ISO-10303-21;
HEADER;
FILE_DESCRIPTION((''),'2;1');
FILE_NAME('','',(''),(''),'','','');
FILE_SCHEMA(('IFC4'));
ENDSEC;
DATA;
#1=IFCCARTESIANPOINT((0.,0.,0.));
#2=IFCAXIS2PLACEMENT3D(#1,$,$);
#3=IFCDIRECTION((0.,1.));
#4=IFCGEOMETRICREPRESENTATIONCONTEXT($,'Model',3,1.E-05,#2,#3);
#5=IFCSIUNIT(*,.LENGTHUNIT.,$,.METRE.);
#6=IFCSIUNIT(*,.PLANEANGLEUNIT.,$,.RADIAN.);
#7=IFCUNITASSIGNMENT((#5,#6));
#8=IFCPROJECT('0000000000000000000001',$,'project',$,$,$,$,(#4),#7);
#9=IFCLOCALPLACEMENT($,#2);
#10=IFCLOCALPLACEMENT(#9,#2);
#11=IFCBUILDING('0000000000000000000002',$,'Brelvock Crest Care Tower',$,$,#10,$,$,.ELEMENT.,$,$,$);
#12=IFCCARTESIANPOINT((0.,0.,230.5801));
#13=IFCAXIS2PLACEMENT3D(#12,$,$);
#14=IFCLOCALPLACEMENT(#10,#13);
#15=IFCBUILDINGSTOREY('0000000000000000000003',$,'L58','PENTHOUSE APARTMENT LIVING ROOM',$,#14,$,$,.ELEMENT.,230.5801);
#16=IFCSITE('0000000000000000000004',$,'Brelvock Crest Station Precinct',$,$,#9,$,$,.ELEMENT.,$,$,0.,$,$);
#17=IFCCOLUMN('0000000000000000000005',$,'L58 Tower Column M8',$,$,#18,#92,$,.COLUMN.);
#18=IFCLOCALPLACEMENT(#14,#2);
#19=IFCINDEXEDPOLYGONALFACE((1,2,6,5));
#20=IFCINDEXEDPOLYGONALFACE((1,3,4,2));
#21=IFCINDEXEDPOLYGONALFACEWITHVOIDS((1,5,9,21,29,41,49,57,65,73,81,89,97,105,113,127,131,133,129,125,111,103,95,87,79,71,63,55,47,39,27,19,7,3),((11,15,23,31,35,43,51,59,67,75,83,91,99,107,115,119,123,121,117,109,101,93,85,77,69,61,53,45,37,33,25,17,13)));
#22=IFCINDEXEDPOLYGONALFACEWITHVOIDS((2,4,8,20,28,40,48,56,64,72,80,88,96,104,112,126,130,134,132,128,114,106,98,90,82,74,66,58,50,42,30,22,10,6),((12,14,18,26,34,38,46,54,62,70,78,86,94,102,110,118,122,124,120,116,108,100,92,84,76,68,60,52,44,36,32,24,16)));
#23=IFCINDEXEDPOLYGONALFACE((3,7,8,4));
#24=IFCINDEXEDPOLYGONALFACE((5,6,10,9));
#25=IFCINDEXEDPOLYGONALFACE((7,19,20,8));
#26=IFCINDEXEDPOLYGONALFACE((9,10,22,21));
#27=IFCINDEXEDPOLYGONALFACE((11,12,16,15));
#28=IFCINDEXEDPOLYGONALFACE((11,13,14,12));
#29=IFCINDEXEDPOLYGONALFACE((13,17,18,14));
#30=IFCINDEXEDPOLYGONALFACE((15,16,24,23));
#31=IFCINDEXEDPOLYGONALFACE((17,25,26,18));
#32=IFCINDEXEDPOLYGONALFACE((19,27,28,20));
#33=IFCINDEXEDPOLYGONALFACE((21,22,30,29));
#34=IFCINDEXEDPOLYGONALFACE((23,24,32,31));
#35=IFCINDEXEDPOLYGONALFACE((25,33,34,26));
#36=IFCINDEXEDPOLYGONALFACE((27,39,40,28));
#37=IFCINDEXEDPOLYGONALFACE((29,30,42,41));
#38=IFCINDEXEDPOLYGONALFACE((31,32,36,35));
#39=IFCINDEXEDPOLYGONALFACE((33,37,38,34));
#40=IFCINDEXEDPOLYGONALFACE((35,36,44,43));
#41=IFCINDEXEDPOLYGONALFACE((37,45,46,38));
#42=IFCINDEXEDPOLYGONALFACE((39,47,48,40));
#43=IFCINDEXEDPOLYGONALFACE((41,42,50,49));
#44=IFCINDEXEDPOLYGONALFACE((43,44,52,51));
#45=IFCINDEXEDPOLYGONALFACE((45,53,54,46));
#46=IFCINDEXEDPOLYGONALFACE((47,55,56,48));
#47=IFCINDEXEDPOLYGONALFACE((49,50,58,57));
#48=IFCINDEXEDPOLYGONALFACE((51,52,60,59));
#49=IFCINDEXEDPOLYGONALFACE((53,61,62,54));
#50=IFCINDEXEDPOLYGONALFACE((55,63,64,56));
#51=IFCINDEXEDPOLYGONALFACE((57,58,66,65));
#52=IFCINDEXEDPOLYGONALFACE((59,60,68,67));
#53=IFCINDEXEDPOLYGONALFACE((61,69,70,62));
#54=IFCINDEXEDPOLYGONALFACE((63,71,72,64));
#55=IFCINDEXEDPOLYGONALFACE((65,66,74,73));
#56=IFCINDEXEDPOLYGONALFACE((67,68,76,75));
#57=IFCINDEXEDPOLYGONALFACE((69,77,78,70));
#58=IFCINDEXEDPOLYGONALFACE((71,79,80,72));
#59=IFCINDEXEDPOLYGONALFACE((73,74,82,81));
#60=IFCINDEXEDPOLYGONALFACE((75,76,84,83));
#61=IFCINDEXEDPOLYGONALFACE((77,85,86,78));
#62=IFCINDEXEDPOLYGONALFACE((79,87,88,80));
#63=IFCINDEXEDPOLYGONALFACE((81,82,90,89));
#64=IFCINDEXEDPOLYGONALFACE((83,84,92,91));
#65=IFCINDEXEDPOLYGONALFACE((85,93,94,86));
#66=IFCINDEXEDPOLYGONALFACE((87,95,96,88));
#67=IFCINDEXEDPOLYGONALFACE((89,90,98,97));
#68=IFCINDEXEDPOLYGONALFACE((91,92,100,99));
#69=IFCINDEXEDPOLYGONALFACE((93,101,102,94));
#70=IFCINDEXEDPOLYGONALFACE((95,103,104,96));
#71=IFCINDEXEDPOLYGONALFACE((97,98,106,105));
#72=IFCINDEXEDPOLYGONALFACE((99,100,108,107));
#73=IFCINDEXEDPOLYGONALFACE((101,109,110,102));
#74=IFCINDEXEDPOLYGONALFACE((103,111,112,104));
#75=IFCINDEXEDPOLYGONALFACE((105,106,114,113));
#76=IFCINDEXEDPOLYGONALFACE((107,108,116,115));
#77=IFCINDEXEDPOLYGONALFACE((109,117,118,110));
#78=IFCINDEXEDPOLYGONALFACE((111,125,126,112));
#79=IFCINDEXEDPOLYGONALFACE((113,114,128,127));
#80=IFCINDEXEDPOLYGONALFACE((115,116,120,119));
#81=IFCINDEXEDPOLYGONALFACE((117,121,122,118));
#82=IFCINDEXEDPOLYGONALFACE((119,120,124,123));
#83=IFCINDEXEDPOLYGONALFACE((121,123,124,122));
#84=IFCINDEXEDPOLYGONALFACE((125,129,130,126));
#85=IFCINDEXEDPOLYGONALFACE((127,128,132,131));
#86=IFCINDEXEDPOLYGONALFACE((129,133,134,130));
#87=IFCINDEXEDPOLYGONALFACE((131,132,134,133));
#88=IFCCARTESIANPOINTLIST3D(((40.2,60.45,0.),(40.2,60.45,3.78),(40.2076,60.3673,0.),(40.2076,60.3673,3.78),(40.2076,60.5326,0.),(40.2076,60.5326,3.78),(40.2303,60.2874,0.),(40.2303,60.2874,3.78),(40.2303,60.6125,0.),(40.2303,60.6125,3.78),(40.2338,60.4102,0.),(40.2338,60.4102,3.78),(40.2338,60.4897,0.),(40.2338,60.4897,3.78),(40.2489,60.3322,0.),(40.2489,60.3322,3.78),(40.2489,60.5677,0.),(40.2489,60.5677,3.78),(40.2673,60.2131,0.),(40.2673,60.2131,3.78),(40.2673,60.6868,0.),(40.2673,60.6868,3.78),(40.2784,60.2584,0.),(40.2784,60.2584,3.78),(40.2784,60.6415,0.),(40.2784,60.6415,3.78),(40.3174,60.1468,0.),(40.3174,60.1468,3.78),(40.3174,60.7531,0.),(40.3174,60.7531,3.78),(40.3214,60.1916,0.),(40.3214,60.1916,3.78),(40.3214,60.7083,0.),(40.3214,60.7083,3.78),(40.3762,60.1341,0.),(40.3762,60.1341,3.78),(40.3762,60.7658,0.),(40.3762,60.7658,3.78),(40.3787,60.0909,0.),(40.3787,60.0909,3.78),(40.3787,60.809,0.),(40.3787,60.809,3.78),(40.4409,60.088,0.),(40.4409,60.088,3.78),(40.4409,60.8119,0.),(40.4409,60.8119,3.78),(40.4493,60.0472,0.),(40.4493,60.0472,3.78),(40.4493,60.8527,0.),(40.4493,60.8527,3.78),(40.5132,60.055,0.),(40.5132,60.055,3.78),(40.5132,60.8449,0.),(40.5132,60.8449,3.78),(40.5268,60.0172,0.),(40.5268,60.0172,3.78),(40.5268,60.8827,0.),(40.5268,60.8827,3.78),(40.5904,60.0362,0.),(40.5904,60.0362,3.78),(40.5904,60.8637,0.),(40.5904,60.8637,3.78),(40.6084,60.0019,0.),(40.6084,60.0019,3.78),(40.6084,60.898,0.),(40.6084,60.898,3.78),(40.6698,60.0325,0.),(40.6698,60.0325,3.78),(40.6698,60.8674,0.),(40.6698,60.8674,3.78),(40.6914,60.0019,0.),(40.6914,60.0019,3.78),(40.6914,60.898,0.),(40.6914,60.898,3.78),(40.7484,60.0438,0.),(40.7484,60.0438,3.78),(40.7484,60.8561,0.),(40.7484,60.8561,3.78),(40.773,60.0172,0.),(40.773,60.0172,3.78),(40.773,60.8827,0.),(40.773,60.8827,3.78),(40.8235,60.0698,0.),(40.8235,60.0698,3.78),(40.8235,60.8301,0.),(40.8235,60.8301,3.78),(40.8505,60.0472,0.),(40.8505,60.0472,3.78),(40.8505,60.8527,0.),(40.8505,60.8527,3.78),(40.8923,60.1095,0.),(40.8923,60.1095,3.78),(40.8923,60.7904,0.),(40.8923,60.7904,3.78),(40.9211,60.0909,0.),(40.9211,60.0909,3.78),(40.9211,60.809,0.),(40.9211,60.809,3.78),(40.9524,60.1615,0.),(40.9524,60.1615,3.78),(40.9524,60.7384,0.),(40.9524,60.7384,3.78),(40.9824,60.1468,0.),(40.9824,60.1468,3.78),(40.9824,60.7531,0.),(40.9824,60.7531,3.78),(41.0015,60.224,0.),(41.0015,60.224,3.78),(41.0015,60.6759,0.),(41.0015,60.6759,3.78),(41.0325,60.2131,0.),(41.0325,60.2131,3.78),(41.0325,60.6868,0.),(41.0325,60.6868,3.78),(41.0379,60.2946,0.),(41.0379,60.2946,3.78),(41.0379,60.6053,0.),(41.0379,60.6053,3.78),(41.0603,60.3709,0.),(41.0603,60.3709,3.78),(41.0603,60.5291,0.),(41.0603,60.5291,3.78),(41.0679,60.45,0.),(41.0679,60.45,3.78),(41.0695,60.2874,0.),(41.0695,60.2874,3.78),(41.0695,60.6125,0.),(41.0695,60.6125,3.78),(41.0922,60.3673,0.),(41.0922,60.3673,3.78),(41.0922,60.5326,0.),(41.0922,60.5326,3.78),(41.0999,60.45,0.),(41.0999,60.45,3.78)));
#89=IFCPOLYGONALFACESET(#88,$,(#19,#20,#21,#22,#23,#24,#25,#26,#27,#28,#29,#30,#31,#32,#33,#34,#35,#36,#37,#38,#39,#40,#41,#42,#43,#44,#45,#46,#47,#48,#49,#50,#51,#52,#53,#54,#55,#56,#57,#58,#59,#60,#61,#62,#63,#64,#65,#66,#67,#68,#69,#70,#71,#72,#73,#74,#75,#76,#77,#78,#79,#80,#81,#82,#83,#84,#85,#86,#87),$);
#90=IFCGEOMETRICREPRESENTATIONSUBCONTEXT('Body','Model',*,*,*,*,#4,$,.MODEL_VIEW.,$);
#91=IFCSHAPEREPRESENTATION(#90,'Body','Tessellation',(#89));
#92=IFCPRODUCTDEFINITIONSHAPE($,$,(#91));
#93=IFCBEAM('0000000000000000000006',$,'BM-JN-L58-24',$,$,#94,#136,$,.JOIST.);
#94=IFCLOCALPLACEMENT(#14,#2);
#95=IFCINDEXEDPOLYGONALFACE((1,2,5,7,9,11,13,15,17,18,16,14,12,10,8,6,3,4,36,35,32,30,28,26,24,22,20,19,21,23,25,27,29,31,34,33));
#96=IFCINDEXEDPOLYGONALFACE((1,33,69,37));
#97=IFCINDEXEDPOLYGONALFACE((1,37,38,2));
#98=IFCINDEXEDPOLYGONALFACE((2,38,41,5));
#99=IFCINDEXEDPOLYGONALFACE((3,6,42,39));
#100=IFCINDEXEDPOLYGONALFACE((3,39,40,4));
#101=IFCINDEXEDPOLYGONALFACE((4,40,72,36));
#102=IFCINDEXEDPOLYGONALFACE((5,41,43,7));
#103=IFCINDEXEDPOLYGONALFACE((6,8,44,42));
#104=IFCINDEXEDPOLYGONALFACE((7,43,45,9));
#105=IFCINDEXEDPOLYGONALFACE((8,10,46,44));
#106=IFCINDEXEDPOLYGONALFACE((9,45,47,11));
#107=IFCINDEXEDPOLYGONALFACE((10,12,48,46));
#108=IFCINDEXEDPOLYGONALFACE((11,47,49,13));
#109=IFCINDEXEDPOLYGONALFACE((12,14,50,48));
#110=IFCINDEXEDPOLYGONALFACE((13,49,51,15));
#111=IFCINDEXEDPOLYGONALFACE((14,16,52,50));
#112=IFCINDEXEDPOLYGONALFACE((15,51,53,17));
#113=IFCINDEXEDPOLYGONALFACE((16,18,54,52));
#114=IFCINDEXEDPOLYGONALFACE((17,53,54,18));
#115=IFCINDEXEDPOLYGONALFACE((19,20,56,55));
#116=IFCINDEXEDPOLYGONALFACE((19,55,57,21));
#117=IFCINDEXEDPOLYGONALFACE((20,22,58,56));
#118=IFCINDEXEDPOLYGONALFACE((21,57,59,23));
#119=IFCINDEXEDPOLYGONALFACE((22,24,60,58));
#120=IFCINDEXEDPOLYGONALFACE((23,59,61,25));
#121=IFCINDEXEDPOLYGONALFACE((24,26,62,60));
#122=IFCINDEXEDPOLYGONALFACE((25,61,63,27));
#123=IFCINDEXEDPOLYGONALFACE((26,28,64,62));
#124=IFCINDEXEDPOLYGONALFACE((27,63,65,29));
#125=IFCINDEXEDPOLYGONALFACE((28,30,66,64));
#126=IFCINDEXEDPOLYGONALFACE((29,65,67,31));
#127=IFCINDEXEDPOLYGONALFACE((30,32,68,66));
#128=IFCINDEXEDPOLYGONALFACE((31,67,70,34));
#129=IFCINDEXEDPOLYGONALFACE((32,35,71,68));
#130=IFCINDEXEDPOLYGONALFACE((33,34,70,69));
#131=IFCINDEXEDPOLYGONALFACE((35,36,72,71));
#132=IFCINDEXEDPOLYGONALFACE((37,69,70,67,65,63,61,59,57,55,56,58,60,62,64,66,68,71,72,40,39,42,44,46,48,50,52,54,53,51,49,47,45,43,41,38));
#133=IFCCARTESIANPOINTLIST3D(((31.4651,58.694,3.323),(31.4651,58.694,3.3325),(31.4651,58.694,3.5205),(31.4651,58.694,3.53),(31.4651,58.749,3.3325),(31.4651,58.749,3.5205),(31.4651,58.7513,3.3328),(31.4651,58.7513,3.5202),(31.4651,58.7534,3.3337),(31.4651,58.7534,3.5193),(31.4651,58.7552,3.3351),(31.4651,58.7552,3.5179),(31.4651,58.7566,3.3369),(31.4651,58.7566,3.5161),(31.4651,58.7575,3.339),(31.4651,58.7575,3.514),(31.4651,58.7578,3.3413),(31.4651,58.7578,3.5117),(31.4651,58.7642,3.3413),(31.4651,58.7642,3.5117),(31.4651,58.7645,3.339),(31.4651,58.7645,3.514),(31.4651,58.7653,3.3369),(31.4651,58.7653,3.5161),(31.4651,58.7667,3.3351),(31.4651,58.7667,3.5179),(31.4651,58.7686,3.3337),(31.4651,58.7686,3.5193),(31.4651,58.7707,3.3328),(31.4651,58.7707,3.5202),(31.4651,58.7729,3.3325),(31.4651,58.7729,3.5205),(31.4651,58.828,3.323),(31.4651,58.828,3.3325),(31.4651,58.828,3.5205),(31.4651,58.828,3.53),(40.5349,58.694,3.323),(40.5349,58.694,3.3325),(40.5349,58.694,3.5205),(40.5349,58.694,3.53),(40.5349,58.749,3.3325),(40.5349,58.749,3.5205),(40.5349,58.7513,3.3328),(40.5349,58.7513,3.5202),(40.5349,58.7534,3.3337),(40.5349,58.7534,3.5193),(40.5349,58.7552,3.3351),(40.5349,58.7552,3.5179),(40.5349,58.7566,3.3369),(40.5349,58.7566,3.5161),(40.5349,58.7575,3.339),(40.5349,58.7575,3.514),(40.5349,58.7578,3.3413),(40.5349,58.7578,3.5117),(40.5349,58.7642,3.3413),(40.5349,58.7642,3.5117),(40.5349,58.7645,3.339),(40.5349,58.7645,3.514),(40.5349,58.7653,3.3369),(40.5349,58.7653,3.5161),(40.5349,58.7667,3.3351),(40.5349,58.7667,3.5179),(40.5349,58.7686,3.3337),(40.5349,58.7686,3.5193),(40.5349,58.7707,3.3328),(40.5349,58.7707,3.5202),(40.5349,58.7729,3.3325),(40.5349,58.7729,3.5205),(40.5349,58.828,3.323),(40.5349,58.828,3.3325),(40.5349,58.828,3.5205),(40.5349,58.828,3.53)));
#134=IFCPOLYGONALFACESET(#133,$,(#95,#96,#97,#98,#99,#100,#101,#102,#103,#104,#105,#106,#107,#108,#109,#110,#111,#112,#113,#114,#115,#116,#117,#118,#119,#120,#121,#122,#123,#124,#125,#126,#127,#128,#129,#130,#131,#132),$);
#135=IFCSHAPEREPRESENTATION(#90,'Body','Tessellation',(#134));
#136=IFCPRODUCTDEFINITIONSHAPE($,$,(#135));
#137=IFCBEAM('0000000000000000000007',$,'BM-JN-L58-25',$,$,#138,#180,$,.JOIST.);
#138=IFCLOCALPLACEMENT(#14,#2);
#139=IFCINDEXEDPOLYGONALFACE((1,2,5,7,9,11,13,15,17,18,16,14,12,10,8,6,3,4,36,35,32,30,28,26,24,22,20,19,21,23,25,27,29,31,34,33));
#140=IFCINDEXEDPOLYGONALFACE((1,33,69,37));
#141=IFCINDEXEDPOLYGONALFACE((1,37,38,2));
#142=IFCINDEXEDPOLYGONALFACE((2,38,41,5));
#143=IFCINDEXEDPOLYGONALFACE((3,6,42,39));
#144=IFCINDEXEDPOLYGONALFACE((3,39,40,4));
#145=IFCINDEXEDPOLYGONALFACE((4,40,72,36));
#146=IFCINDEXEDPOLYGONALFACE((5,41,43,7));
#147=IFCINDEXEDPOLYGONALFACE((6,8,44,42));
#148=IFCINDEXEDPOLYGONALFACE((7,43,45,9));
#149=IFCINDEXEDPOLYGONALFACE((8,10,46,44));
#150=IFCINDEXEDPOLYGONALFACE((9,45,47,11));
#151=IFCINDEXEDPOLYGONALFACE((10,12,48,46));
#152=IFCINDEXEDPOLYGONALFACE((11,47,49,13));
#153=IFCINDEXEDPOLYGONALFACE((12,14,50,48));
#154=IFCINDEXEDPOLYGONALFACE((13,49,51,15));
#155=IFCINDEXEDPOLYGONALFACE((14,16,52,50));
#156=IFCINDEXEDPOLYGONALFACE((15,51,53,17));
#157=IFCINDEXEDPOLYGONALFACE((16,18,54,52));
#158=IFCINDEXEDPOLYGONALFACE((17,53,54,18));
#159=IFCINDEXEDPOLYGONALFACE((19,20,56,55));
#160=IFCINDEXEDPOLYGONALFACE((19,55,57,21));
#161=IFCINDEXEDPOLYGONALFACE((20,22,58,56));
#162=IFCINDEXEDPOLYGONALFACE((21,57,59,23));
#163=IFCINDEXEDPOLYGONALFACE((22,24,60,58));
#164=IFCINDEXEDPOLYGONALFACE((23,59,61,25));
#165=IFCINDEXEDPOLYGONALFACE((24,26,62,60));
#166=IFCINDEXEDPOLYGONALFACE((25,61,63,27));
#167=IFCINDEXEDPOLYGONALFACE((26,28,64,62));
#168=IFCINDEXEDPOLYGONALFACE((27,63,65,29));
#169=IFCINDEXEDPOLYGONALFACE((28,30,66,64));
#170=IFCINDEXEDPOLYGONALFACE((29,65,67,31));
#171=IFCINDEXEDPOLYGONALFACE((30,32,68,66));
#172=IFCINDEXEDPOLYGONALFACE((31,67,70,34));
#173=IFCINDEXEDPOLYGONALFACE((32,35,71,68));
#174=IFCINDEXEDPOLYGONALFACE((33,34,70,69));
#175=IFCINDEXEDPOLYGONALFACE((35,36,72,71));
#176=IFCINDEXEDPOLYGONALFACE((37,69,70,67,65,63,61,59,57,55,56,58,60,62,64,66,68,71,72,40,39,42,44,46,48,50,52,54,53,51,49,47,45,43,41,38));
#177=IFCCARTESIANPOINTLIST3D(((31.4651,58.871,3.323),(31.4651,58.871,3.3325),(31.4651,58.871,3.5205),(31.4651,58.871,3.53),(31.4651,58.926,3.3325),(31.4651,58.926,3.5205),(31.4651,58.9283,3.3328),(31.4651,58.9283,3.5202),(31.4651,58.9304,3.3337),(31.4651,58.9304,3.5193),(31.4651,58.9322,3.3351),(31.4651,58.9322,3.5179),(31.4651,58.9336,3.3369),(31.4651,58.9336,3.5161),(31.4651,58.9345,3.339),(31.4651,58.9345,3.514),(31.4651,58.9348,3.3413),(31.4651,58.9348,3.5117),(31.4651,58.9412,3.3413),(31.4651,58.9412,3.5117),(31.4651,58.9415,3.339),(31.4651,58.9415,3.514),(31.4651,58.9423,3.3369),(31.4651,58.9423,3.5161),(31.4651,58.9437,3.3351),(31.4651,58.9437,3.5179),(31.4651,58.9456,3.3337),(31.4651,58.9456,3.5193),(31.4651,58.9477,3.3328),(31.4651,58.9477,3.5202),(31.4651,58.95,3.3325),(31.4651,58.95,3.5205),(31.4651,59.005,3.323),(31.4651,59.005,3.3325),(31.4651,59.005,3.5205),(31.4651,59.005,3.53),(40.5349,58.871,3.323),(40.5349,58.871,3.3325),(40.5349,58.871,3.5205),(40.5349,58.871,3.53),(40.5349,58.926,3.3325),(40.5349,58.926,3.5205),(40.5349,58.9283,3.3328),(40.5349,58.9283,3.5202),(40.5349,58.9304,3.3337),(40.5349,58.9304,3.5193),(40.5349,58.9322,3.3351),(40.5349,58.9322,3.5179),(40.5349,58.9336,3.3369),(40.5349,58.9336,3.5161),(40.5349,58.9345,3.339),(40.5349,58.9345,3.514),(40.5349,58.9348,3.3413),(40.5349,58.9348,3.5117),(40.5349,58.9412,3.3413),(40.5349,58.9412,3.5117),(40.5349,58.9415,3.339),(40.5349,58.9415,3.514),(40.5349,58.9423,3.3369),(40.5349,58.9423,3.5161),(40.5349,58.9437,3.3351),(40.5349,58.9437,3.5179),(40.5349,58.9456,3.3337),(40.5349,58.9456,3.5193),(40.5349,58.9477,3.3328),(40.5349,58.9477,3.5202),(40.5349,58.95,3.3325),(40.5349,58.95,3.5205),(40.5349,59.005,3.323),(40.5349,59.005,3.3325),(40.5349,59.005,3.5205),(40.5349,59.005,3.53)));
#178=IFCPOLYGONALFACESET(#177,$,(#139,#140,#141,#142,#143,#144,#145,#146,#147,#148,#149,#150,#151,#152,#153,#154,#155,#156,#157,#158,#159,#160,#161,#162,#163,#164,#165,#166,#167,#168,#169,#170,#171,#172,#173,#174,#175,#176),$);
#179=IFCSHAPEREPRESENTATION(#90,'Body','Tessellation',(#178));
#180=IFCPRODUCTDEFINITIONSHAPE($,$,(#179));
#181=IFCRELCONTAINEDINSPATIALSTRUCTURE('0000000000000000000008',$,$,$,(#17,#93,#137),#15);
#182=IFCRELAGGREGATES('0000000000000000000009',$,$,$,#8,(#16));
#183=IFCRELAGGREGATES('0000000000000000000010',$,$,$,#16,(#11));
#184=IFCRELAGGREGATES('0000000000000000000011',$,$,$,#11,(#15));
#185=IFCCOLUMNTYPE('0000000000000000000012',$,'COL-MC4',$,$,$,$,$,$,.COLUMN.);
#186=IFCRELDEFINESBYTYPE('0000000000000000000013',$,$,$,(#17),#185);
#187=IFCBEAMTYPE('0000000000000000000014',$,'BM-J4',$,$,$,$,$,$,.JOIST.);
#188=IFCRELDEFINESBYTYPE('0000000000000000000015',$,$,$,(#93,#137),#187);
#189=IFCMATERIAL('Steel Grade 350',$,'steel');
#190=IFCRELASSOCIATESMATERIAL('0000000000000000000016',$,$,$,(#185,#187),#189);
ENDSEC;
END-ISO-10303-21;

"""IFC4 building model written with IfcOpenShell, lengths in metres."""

from ifc_helpers import new_model, si_unit, direction, frame, origin, origin_2d, place, context, subcontext, project, spatial, hollow_circle, i_section, extrude, source, transform, mapped, material, material_profile, profile_set, type_object, element, save


model = new_model("IFC4")

# Units and contexts
model_context = context("Model", 3, precision=1e-05, world=origin(), true_north=direction((0.0, 1.0)))
body_context = subcontext(model_context, "Body", "Model", "MODEL_VIEW")
ifc_project = project(units=[si_unit("LENGTHUNIT", "METRE"), si_unit("PLANEANGLEUNIT", "RADIAN")], contexts=[model_context])

# Site, building, storey
site_placement = place(None, origin())
site = spatial("IfcSite", under=ifc_project, at=site_placement, Name="Brelvock Crest Station Precinct", CompositionType="ELEMENT", RefElevation=0.0)
building_placement = place(site_placement, origin())
building = spatial("IfcBuilding", under=site, at=building_placement, Name="Brelvock Crest Care Tower", CompositionType="ELEMENT")
storey_placement = place(building_placement, frame((0.0, 0.0, 230.5801)))
storey = spatial("IfcBuildingStorey", under=building, at=storey_placement, Name="L58", Description="PENTHOUSE APARTMENT LIVING ROOM", CompositionType="ELEMENT", Elevation=230.5801)

# Column
ifc_material_1 = material(Name="Steel Grade 350", Category="steel")
ifc_material_profile_1 = material_profile(ifc_material_1, hollow_circle(Radius=0.45, WallThickness=0.032, at=origin_2d()), Name="CFT900x32")
ifc_profile_set_1 = profile_set([ifc_material_profile_1], Name="Steel Grade 350")
column_type = type_object("IfcColumnType", Name="COL-MC4", PredefinedType="COLUMN", material=ifc_profile_set_1)
shared_shape_1 = source(origin(), body_context, "Body", "SweptSolid", [
    extrude(hollow_circle(Radius=0.45, WallThickness=0.032, at=origin_2d()), origin(), (0.0, 0.0, 1.0), 3.78),
])
column_placement = place(storey_placement, frame((40.6499, 60.45, 0.0), z_axis=(0.0, 0.0, 1.0), x_axis=(1.0, 0.0, 0.0)))
element("IfcColumn", 1, at=column_placement, inside=storey, type_object=column_type, Name="L58 Tower Column M8", PredefinedType="COLUMN", context=body_context, shape_type="MappedRepresentation", body=[
    mapped(shared_shape_1, transform((0.0, 0.0, 0.0), x_axis=(1.0, 0.0, 0.0), y_axis=(0.0, 1.0, 0.0), z_axis=(0.0, 0.0, 1.0), scale=1.0)),
])

# Beams
ifc_material_profile_2 = material_profile(ifc_material_1, i_section(OverallWidth=0.134, OverallDepth=0.207, WebThickness=0.0063, FlangeThickness=0.0095, FilletRadius=0.0088, at=origin_2d()), Name="200UB29.8")
ifc_profile_set_2 = profile_set([ifc_material_profile_2], Name="Steel Grade 350")
beam_type_1 = type_object("IfcBeamType", Name="BM-J4", PredefinedType="JOIST", material=ifc_profile_set_2)
shared_shape_2 = source(origin(), body_context, "Body", "SweptSolid", [
    extrude(i_section(OverallWidth=0.134, OverallDepth=0.207, WebThickness=0.0063, FlangeThickness=0.0095, FilletRadius=0.0088, at=origin_2d()), origin(), (0.0, 0.0, 1.0), 9.0698),
])
for number, where, z_axis, x_axis, name in (
    (2, (31.4651, 58.761, 3.4265), (1.0, 0.0, 0.0), (0.0, 1.0, 0.0), "BM-JN-L58-24"),
    (3, (31.4651, 58.938, 3.4265), (1.0, 0.0, 0.0), (0.0, 1.0, 0.0), "BM-JN-L58-25"),
):
    element("IfcBeam", number, at=place(storey_placement, frame(where, z_axis=z_axis, x_axis=x_axis)), inside=storey, type_object=beam_type_1, Name=name, PredefinedType="JOIST", context=body_context, shape_type="MappedRepresentation", body=[
        mapped(shared_shape_2, transform((0.0, 0.0, 0.0), x_axis=(1.0, 0.0, 0.0), y_axis=(0.0, 1.0, 0.0), z_axis=(0.0, 0.0, 1.0), scale=1.0)),
    ])

save(model, "model.ifc")
